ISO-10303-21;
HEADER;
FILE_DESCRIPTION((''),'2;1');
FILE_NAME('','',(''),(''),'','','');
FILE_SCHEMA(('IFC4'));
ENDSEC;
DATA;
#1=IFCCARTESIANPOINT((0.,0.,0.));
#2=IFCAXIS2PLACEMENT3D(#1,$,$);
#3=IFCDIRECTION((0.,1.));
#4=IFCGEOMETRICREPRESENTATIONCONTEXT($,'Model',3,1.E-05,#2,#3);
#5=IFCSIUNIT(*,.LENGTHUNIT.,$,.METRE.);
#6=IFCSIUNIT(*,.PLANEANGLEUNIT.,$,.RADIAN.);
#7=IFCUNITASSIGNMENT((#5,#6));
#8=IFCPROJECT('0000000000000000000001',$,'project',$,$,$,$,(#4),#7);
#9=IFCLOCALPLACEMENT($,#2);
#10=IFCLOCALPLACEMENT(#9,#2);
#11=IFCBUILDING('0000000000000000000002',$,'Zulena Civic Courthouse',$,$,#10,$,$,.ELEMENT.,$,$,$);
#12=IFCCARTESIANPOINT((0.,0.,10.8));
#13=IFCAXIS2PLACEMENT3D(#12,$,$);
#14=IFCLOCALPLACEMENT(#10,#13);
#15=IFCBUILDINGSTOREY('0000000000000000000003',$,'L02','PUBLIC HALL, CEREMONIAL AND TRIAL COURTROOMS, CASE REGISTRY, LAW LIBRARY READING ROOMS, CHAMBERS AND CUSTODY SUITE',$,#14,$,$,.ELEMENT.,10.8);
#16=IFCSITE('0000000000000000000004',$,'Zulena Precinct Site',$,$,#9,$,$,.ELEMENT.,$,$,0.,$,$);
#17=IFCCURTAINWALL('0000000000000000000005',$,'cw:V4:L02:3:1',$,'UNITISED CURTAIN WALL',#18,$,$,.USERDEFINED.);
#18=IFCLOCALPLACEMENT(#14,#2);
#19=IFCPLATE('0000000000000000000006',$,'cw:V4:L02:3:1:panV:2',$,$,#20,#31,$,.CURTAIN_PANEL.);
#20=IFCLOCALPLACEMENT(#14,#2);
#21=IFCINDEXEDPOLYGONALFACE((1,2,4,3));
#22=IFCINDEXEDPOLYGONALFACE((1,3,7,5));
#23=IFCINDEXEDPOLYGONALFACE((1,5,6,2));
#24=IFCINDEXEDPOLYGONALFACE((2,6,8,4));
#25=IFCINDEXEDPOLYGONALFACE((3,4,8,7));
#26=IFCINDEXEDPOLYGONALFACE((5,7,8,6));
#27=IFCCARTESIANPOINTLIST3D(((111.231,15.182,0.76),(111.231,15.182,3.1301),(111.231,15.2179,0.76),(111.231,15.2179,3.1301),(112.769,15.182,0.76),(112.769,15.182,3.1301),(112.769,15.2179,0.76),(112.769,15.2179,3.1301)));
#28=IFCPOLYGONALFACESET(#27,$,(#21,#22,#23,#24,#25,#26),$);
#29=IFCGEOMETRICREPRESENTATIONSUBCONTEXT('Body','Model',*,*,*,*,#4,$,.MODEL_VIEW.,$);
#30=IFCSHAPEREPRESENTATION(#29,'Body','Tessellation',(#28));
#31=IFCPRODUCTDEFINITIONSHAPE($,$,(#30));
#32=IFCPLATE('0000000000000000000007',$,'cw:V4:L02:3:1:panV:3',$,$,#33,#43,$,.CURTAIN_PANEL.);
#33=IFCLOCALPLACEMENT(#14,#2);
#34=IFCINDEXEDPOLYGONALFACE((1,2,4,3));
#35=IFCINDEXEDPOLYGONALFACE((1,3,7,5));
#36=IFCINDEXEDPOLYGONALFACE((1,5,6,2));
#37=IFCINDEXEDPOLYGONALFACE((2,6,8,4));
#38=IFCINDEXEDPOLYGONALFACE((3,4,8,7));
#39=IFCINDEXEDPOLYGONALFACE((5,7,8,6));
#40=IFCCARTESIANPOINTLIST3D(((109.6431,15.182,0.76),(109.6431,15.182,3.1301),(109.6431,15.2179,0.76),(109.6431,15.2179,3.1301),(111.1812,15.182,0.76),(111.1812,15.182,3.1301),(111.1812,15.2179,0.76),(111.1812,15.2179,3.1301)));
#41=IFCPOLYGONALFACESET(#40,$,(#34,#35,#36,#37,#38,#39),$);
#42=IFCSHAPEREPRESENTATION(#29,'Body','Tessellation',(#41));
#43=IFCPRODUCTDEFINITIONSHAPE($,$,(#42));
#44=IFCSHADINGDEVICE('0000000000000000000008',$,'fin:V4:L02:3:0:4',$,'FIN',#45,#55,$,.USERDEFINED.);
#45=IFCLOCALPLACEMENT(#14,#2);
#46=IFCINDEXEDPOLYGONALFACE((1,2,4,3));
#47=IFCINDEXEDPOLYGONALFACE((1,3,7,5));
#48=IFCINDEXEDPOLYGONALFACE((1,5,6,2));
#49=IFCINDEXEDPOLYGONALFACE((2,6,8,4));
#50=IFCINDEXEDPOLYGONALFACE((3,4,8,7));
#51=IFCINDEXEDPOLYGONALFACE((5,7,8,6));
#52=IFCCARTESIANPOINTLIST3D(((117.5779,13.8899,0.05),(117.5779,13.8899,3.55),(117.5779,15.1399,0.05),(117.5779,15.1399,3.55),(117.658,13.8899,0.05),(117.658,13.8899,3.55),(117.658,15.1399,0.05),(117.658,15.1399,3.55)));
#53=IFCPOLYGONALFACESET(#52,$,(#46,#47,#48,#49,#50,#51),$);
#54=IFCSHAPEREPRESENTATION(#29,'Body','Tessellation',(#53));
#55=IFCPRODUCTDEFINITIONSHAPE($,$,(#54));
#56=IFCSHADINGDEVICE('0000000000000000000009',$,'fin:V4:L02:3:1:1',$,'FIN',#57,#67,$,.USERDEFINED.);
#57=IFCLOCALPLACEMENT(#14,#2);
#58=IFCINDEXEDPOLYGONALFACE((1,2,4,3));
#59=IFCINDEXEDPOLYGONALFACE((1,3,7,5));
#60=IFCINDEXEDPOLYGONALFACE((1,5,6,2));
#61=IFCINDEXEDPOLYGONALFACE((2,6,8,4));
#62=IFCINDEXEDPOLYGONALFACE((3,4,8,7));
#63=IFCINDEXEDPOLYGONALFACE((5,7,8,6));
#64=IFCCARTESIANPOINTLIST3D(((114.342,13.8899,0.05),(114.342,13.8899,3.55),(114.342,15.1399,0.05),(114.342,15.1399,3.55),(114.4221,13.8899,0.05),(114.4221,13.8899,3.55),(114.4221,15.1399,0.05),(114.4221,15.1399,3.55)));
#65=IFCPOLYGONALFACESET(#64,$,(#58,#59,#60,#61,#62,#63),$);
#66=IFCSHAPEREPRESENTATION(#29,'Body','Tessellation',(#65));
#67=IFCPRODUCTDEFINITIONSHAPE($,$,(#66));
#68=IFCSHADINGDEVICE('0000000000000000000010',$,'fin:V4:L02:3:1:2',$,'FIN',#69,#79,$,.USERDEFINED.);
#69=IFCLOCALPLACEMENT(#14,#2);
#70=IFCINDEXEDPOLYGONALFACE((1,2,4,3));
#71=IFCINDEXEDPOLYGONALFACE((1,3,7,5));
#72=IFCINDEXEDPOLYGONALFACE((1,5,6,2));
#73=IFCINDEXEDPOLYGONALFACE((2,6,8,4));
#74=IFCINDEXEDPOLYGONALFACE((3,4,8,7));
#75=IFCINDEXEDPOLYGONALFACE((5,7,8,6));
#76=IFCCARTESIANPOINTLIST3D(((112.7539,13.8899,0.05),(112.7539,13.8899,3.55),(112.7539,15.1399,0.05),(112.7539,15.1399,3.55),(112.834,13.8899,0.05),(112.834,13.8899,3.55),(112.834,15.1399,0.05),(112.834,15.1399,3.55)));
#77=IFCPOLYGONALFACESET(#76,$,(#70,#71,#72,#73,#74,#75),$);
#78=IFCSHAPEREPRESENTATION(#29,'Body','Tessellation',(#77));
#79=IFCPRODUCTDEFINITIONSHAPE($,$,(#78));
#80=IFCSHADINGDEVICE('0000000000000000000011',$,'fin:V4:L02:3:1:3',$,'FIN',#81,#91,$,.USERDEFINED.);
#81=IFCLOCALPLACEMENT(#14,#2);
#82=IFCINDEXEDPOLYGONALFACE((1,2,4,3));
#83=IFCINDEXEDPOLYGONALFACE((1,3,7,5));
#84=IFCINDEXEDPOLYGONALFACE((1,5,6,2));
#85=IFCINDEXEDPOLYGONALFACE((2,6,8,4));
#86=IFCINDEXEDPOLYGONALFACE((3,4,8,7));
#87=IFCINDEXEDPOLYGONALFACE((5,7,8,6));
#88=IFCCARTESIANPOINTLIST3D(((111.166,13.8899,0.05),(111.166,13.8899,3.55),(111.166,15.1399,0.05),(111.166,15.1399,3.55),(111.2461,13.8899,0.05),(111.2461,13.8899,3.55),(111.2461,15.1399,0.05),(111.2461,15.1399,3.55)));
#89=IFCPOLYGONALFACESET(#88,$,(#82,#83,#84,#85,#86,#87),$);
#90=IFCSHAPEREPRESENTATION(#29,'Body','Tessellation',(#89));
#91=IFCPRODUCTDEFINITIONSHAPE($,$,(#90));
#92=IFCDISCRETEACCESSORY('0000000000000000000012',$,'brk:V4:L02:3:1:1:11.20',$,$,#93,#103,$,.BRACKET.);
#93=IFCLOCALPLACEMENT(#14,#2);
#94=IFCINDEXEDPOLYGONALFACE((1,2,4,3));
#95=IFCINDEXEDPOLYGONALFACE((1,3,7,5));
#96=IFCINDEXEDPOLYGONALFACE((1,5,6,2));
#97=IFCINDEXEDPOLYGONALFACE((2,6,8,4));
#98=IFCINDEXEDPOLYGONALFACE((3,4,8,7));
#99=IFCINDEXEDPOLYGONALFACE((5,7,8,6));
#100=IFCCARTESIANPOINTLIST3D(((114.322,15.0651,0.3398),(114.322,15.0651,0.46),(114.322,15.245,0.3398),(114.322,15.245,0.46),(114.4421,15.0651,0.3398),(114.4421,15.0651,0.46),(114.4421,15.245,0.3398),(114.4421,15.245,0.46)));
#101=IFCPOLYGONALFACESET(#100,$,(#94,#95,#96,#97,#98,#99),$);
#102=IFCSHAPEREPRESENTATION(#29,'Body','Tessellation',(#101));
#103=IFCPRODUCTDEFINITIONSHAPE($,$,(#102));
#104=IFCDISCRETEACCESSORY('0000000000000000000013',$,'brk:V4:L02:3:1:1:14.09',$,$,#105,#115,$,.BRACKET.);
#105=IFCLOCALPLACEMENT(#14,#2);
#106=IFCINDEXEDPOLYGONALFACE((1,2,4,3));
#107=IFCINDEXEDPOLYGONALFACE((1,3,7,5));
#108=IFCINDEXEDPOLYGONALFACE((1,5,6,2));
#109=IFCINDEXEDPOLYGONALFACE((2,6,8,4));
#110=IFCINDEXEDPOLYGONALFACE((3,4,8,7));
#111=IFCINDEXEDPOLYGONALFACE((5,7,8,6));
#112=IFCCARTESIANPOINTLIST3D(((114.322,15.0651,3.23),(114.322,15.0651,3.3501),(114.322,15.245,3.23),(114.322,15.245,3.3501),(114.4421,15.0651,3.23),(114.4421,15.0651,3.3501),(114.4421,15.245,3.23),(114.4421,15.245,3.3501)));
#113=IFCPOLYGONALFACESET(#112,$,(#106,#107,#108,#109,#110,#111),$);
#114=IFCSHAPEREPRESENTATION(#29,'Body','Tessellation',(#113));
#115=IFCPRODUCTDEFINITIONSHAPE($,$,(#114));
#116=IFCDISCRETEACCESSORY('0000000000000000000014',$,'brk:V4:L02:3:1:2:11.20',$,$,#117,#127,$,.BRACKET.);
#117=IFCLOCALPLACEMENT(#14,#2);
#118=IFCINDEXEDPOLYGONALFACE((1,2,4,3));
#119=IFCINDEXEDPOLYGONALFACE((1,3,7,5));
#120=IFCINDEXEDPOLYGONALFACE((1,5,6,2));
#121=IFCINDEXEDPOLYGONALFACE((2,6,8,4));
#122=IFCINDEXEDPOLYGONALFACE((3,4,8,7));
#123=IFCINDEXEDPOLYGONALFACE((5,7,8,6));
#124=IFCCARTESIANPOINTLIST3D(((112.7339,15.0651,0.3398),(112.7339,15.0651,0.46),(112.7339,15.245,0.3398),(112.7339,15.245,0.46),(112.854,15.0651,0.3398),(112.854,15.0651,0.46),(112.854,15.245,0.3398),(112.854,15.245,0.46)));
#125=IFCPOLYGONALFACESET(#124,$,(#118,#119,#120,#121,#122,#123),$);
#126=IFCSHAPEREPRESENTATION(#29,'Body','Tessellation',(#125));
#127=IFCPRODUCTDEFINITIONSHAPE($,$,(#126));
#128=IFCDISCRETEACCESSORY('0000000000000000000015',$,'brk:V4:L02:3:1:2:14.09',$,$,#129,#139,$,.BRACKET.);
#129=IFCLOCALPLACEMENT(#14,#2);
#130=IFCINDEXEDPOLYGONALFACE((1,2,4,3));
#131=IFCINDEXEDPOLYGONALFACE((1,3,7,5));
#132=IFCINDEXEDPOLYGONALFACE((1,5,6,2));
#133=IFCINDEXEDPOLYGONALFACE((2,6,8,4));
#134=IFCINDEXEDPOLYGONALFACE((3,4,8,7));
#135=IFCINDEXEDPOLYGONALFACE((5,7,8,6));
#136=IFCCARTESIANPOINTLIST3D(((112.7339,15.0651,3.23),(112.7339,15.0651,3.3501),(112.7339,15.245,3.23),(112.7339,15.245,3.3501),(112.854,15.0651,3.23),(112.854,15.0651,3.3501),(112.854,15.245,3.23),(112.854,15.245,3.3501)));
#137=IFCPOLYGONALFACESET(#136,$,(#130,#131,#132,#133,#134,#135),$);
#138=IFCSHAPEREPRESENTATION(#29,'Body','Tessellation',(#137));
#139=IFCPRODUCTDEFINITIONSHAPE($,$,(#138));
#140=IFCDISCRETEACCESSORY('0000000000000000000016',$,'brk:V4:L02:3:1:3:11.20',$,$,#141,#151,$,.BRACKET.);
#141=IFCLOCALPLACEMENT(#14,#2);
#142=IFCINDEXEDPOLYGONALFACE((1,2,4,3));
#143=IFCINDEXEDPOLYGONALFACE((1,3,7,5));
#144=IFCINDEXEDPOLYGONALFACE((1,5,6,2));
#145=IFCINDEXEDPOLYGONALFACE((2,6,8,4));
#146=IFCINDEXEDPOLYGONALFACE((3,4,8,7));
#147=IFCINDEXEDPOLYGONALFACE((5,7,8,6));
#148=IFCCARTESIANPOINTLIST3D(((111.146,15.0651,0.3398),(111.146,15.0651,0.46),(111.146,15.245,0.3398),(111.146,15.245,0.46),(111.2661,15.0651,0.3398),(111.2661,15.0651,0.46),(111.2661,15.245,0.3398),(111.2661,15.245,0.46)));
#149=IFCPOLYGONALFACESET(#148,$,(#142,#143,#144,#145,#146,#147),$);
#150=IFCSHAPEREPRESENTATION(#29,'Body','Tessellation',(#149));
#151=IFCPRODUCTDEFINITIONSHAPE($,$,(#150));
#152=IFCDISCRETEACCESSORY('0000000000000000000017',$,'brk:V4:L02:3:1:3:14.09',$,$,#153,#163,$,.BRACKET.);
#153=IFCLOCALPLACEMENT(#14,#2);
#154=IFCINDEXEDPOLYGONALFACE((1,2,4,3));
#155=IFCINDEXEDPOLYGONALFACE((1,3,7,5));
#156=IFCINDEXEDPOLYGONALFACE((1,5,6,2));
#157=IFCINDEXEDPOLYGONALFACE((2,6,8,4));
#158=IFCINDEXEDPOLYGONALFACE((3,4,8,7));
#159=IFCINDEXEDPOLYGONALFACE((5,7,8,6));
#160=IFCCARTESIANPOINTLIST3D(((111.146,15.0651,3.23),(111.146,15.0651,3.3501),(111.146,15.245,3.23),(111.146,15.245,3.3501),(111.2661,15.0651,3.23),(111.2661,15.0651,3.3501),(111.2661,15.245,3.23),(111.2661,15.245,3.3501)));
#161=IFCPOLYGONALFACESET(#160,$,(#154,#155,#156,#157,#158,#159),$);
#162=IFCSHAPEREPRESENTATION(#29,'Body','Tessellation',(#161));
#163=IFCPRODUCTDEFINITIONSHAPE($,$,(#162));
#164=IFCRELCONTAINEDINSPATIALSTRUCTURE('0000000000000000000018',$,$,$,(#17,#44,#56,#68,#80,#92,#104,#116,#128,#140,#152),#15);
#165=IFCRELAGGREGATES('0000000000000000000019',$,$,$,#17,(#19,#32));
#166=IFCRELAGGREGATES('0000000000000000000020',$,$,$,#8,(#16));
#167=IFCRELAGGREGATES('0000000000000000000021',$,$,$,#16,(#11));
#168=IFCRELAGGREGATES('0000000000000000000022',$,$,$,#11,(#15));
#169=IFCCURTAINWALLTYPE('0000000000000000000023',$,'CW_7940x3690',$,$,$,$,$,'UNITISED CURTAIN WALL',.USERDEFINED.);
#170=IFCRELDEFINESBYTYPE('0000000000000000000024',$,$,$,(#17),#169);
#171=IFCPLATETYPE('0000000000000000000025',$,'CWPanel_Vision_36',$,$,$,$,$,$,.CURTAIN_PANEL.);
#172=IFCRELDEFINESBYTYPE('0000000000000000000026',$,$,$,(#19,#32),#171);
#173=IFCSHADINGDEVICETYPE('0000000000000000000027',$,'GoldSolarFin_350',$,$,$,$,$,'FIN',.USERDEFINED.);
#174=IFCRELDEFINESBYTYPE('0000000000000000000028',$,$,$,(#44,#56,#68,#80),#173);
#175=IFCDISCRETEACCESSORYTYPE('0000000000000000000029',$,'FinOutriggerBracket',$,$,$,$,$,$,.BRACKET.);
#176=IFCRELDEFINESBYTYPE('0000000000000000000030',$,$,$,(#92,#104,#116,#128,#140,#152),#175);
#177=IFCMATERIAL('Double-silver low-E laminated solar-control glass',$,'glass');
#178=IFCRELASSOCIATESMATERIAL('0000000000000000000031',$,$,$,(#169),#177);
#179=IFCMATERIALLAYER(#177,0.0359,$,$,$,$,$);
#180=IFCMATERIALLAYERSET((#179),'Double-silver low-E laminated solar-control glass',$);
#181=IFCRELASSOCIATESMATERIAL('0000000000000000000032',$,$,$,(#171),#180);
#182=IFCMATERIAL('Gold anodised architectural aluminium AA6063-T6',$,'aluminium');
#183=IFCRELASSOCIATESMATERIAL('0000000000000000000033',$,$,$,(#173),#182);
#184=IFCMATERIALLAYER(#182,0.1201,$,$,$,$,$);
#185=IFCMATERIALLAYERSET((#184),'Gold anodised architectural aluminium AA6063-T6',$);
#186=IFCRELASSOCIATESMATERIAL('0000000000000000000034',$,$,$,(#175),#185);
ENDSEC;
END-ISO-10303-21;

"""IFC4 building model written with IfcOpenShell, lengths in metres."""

from ifc_helpers import new_model, si_unit, direction, frame, origin, origin_2d, place, context, subcontext, project, spatial, rectangle, extrude, material, layer, layer_set, type_object, element, aggregate, save


model = new_model("IFC4")

# Units and contexts
model_context = context("Model", 3, precision=1e-05, world=origin(), true_north=direction((0.0, 1.0)))
body_context = subcontext(model_context, "Body", "Model", "MODEL_VIEW")
ifc_project = project(units=[si_unit("LENGTHUNIT", "METRE"), si_unit("PLANEANGLEUNIT", "RADIAN")], contexts=[model_context])

# Site, building, storey
site_placement = place(None, origin())
site = spatial("IfcSite", under=ifc_project, at=site_placement, Name="Zulena Precinct Site", CompositionType="ELEMENT", RefElevation=0.0)
building_placement = place(site_placement, origin())
building = spatial("IfcBuilding", under=site, at=building_placement, Name="Zulena Civic Courthouse", CompositionType="ELEMENT")
storey_placement = place(building_placement, frame((0.0, 0.0, 10.8)))
storey = spatial("IfcBuildingStorey", under=building, at=storey_placement, Name="L02", Description="PUBLIC HALL, CEREMONIAL AND TRIAL COURTROOMS, CASE REGISTRY, LAW LIBRARY READING ROOMS, CHAMBERS AND CUSTODY SUITE", CompositionType="ELEMENT", Elevation=10.8)

# Shared definitions
ifc_material_1 = material(Name="Double-silver low-E laminated solar-control glass", Category="glass")
curtain_wall_type = type_object("IfcCurtainWallType", Name="CW_7940x3690", ElementType="UNITISED CURTAIN WALL", PredefinedType="USERDEFINED", material=ifc_material_1)

# Curtain wall
curtain_wall_1_placement = place(storey_placement, origin())
curtain_wall_1 = element("IfcCurtainWall", 1, at=curtain_wall_1_placement, inside=storey, type_object=curtain_wall_type, Name="cw:V4:L02:3:1", ObjectType="UNITISED CURTAIN WALL", PredefinedType="USERDEFINED")

# Plates
ifc_layer_1 = layer(ifc_material_1, 0.0359)
ifc_layer_set_1 = layer_set([ifc_layer_1], Name="Double-silver low-E laminated solar-control glass")
plate_type_1 = type_object("IfcPlateType", Name="CWPanel_Vision_36", PredefinedType="CURTAIN_PANEL", material=ifc_layer_set_1)
plate_1_placement = place(storey_placement, frame((112.0, 15.2, 0.76), z_axis=(0.0, 0.0, 1.0), x_axis=(-1.0, 0.0, 0.0)))
plate_1 = element("IfcPlate", 2, at=plate_1_placement, type_object=plate_type_1, Name="cw:V4:L02:3:1:panV:2", PredefinedType="CURTAIN_PANEL", context=body_context, shape_type="SweptSolid", body=[
    extrude(rectangle(XDim=1.5381, YDim=0.0359, at=origin_2d()), origin(), (0.0, 0.0, 1.0), 2.3701),
])
plate_2_placement = place(storey_placement, frame((110.4121, 15.2, 0.76), z_axis=(0.0, 0.0, 1.0), x_axis=(-1.0, 0.0, 0.0)))
plate_2 = element("IfcPlate", 3, at=plate_2_placement, type_object=plate_type_1, Name="cw:V4:L02:3:1:panV:3", PredefinedType="CURTAIN_PANEL", context=body_context, shape_type="SweptSolid", body=[
    extrude(rectangle(XDim=1.5381, YDim=0.0359, at=origin_2d()), origin(), (0.0, 0.0, 1.0), 2.3701),
])
aggregate(curtain_wall_1, [plate_1, plate_2])

# Shading devices
ifc_material_2 = material(Name="Gold anodised architectural aluminium AA6063-T6", Category="aluminium")
shading_device_type = type_object("IfcShadingDeviceType", Name="GoldSolarFin_350", ElementType="FIN", PredefinedType="USERDEFINED", material=ifc_material_2)
for number, where, z_axis, x_axis, name in (
    (4, (117.6179, 14.5149, 0.05), (0.0, 0.0, 1.0), (0.0, -1.0, 0.0), "fin:V4:L02:3:0:4"),
    (5, (114.3821, 14.5149, 0.05), (0.0, 0.0, 1.0), (0.0, -1.0, 0.0), "fin:V4:L02:3:1:1"),
    (6, (112.7939, 14.5149, 0.05), (0.0, 0.0, 1.0), (0.0, -1.0, 0.0), "fin:V4:L02:3:1:2"),
    (7, (111.2061, 14.5149, 0.05), (0.0, 0.0, 1.0), (0.0, -1.0, 0.0), "fin:V4:L02:3:1:3"),
):
    element("IfcShadingDevice", number, at=place(storey_placement, frame(where, z_axis=z_axis, x_axis=x_axis)), inside=storey, type_object=shading_device_type, Name=name, ObjectType="FIN", PredefinedType="USERDEFINED", context=body_context, shape_type="SweptSolid", body=[
        extrude(rectangle(XDim=1.25, YDim=0.0801, at=origin_2d()), origin(), (0.0, 0.0, 1.0), 3.5),
    ])

# Discrete accessories
ifc_layer_2 = layer(ifc_material_2, 0.1201)
ifc_layer_set_2 = layer_set([ifc_layer_2], Name="Gold anodised architectural aluminium AA6063-T6")
discrete_accessory_type = type_object("IfcDiscreteAccessoryType", Name="FinOutriggerBracket", PredefinedType="BRACKET", material=ifc_layer_set_2)
for number, where, z_axis, x_axis, name in (
    (8, (114.3821, 15.155, 0.3398), (0.0, 0.0, 1.0), (0.0, -1.0, 0.0), "brk:V4:L02:3:1:1:11.20"),
    (9, (114.3821, 15.155, 3.23), (0.0, 0.0, 1.0), (0.0, -1.0, 0.0), "brk:V4:L02:3:1:1:14.09"),
    (10, (112.7939, 15.155, 0.3398), (0.0, 0.0, 1.0), (0.0, -1.0, 0.0), "brk:V4:L02:3:1:2:11.20"),
    (11, (112.7939, 15.155, 3.23), (0.0, 0.0, 1.0), (0.0, -1.0, 0.0), "brk:V4:L02:3:1:2:14.09"),
    (12, (111.2061, 15.155, 0.3398), (0.0, 0.0, 1.0), (0.0, -1.0, 0.0), "brk:V4:L02:3:1:3:11.20"),
    (13, (111.2061, 15.155, 3.23), (0.0, 0.0, 1.0), (0.0, -1.0, 0.0), "brk:V4:L02:3:1:3:14.09"),
):
    element("IfcDiscreteAccessory", number, at=place(storey_placement, frame(where, z_axis=z_axis, x_axis=x_axis)), inside=storey, type_object=discrete_accessory_type, Name=name, PredefinedType="BRACKET", context=body_context, shape_type="SweptSolid", body=[
        extrude(rectangle(XDim=0.1799, YDim=0.1201, at=origin_2d()), origin(), (0.0, 0.0, 1.0), 0.1201),
    ])

save(model, "model.ifc")
